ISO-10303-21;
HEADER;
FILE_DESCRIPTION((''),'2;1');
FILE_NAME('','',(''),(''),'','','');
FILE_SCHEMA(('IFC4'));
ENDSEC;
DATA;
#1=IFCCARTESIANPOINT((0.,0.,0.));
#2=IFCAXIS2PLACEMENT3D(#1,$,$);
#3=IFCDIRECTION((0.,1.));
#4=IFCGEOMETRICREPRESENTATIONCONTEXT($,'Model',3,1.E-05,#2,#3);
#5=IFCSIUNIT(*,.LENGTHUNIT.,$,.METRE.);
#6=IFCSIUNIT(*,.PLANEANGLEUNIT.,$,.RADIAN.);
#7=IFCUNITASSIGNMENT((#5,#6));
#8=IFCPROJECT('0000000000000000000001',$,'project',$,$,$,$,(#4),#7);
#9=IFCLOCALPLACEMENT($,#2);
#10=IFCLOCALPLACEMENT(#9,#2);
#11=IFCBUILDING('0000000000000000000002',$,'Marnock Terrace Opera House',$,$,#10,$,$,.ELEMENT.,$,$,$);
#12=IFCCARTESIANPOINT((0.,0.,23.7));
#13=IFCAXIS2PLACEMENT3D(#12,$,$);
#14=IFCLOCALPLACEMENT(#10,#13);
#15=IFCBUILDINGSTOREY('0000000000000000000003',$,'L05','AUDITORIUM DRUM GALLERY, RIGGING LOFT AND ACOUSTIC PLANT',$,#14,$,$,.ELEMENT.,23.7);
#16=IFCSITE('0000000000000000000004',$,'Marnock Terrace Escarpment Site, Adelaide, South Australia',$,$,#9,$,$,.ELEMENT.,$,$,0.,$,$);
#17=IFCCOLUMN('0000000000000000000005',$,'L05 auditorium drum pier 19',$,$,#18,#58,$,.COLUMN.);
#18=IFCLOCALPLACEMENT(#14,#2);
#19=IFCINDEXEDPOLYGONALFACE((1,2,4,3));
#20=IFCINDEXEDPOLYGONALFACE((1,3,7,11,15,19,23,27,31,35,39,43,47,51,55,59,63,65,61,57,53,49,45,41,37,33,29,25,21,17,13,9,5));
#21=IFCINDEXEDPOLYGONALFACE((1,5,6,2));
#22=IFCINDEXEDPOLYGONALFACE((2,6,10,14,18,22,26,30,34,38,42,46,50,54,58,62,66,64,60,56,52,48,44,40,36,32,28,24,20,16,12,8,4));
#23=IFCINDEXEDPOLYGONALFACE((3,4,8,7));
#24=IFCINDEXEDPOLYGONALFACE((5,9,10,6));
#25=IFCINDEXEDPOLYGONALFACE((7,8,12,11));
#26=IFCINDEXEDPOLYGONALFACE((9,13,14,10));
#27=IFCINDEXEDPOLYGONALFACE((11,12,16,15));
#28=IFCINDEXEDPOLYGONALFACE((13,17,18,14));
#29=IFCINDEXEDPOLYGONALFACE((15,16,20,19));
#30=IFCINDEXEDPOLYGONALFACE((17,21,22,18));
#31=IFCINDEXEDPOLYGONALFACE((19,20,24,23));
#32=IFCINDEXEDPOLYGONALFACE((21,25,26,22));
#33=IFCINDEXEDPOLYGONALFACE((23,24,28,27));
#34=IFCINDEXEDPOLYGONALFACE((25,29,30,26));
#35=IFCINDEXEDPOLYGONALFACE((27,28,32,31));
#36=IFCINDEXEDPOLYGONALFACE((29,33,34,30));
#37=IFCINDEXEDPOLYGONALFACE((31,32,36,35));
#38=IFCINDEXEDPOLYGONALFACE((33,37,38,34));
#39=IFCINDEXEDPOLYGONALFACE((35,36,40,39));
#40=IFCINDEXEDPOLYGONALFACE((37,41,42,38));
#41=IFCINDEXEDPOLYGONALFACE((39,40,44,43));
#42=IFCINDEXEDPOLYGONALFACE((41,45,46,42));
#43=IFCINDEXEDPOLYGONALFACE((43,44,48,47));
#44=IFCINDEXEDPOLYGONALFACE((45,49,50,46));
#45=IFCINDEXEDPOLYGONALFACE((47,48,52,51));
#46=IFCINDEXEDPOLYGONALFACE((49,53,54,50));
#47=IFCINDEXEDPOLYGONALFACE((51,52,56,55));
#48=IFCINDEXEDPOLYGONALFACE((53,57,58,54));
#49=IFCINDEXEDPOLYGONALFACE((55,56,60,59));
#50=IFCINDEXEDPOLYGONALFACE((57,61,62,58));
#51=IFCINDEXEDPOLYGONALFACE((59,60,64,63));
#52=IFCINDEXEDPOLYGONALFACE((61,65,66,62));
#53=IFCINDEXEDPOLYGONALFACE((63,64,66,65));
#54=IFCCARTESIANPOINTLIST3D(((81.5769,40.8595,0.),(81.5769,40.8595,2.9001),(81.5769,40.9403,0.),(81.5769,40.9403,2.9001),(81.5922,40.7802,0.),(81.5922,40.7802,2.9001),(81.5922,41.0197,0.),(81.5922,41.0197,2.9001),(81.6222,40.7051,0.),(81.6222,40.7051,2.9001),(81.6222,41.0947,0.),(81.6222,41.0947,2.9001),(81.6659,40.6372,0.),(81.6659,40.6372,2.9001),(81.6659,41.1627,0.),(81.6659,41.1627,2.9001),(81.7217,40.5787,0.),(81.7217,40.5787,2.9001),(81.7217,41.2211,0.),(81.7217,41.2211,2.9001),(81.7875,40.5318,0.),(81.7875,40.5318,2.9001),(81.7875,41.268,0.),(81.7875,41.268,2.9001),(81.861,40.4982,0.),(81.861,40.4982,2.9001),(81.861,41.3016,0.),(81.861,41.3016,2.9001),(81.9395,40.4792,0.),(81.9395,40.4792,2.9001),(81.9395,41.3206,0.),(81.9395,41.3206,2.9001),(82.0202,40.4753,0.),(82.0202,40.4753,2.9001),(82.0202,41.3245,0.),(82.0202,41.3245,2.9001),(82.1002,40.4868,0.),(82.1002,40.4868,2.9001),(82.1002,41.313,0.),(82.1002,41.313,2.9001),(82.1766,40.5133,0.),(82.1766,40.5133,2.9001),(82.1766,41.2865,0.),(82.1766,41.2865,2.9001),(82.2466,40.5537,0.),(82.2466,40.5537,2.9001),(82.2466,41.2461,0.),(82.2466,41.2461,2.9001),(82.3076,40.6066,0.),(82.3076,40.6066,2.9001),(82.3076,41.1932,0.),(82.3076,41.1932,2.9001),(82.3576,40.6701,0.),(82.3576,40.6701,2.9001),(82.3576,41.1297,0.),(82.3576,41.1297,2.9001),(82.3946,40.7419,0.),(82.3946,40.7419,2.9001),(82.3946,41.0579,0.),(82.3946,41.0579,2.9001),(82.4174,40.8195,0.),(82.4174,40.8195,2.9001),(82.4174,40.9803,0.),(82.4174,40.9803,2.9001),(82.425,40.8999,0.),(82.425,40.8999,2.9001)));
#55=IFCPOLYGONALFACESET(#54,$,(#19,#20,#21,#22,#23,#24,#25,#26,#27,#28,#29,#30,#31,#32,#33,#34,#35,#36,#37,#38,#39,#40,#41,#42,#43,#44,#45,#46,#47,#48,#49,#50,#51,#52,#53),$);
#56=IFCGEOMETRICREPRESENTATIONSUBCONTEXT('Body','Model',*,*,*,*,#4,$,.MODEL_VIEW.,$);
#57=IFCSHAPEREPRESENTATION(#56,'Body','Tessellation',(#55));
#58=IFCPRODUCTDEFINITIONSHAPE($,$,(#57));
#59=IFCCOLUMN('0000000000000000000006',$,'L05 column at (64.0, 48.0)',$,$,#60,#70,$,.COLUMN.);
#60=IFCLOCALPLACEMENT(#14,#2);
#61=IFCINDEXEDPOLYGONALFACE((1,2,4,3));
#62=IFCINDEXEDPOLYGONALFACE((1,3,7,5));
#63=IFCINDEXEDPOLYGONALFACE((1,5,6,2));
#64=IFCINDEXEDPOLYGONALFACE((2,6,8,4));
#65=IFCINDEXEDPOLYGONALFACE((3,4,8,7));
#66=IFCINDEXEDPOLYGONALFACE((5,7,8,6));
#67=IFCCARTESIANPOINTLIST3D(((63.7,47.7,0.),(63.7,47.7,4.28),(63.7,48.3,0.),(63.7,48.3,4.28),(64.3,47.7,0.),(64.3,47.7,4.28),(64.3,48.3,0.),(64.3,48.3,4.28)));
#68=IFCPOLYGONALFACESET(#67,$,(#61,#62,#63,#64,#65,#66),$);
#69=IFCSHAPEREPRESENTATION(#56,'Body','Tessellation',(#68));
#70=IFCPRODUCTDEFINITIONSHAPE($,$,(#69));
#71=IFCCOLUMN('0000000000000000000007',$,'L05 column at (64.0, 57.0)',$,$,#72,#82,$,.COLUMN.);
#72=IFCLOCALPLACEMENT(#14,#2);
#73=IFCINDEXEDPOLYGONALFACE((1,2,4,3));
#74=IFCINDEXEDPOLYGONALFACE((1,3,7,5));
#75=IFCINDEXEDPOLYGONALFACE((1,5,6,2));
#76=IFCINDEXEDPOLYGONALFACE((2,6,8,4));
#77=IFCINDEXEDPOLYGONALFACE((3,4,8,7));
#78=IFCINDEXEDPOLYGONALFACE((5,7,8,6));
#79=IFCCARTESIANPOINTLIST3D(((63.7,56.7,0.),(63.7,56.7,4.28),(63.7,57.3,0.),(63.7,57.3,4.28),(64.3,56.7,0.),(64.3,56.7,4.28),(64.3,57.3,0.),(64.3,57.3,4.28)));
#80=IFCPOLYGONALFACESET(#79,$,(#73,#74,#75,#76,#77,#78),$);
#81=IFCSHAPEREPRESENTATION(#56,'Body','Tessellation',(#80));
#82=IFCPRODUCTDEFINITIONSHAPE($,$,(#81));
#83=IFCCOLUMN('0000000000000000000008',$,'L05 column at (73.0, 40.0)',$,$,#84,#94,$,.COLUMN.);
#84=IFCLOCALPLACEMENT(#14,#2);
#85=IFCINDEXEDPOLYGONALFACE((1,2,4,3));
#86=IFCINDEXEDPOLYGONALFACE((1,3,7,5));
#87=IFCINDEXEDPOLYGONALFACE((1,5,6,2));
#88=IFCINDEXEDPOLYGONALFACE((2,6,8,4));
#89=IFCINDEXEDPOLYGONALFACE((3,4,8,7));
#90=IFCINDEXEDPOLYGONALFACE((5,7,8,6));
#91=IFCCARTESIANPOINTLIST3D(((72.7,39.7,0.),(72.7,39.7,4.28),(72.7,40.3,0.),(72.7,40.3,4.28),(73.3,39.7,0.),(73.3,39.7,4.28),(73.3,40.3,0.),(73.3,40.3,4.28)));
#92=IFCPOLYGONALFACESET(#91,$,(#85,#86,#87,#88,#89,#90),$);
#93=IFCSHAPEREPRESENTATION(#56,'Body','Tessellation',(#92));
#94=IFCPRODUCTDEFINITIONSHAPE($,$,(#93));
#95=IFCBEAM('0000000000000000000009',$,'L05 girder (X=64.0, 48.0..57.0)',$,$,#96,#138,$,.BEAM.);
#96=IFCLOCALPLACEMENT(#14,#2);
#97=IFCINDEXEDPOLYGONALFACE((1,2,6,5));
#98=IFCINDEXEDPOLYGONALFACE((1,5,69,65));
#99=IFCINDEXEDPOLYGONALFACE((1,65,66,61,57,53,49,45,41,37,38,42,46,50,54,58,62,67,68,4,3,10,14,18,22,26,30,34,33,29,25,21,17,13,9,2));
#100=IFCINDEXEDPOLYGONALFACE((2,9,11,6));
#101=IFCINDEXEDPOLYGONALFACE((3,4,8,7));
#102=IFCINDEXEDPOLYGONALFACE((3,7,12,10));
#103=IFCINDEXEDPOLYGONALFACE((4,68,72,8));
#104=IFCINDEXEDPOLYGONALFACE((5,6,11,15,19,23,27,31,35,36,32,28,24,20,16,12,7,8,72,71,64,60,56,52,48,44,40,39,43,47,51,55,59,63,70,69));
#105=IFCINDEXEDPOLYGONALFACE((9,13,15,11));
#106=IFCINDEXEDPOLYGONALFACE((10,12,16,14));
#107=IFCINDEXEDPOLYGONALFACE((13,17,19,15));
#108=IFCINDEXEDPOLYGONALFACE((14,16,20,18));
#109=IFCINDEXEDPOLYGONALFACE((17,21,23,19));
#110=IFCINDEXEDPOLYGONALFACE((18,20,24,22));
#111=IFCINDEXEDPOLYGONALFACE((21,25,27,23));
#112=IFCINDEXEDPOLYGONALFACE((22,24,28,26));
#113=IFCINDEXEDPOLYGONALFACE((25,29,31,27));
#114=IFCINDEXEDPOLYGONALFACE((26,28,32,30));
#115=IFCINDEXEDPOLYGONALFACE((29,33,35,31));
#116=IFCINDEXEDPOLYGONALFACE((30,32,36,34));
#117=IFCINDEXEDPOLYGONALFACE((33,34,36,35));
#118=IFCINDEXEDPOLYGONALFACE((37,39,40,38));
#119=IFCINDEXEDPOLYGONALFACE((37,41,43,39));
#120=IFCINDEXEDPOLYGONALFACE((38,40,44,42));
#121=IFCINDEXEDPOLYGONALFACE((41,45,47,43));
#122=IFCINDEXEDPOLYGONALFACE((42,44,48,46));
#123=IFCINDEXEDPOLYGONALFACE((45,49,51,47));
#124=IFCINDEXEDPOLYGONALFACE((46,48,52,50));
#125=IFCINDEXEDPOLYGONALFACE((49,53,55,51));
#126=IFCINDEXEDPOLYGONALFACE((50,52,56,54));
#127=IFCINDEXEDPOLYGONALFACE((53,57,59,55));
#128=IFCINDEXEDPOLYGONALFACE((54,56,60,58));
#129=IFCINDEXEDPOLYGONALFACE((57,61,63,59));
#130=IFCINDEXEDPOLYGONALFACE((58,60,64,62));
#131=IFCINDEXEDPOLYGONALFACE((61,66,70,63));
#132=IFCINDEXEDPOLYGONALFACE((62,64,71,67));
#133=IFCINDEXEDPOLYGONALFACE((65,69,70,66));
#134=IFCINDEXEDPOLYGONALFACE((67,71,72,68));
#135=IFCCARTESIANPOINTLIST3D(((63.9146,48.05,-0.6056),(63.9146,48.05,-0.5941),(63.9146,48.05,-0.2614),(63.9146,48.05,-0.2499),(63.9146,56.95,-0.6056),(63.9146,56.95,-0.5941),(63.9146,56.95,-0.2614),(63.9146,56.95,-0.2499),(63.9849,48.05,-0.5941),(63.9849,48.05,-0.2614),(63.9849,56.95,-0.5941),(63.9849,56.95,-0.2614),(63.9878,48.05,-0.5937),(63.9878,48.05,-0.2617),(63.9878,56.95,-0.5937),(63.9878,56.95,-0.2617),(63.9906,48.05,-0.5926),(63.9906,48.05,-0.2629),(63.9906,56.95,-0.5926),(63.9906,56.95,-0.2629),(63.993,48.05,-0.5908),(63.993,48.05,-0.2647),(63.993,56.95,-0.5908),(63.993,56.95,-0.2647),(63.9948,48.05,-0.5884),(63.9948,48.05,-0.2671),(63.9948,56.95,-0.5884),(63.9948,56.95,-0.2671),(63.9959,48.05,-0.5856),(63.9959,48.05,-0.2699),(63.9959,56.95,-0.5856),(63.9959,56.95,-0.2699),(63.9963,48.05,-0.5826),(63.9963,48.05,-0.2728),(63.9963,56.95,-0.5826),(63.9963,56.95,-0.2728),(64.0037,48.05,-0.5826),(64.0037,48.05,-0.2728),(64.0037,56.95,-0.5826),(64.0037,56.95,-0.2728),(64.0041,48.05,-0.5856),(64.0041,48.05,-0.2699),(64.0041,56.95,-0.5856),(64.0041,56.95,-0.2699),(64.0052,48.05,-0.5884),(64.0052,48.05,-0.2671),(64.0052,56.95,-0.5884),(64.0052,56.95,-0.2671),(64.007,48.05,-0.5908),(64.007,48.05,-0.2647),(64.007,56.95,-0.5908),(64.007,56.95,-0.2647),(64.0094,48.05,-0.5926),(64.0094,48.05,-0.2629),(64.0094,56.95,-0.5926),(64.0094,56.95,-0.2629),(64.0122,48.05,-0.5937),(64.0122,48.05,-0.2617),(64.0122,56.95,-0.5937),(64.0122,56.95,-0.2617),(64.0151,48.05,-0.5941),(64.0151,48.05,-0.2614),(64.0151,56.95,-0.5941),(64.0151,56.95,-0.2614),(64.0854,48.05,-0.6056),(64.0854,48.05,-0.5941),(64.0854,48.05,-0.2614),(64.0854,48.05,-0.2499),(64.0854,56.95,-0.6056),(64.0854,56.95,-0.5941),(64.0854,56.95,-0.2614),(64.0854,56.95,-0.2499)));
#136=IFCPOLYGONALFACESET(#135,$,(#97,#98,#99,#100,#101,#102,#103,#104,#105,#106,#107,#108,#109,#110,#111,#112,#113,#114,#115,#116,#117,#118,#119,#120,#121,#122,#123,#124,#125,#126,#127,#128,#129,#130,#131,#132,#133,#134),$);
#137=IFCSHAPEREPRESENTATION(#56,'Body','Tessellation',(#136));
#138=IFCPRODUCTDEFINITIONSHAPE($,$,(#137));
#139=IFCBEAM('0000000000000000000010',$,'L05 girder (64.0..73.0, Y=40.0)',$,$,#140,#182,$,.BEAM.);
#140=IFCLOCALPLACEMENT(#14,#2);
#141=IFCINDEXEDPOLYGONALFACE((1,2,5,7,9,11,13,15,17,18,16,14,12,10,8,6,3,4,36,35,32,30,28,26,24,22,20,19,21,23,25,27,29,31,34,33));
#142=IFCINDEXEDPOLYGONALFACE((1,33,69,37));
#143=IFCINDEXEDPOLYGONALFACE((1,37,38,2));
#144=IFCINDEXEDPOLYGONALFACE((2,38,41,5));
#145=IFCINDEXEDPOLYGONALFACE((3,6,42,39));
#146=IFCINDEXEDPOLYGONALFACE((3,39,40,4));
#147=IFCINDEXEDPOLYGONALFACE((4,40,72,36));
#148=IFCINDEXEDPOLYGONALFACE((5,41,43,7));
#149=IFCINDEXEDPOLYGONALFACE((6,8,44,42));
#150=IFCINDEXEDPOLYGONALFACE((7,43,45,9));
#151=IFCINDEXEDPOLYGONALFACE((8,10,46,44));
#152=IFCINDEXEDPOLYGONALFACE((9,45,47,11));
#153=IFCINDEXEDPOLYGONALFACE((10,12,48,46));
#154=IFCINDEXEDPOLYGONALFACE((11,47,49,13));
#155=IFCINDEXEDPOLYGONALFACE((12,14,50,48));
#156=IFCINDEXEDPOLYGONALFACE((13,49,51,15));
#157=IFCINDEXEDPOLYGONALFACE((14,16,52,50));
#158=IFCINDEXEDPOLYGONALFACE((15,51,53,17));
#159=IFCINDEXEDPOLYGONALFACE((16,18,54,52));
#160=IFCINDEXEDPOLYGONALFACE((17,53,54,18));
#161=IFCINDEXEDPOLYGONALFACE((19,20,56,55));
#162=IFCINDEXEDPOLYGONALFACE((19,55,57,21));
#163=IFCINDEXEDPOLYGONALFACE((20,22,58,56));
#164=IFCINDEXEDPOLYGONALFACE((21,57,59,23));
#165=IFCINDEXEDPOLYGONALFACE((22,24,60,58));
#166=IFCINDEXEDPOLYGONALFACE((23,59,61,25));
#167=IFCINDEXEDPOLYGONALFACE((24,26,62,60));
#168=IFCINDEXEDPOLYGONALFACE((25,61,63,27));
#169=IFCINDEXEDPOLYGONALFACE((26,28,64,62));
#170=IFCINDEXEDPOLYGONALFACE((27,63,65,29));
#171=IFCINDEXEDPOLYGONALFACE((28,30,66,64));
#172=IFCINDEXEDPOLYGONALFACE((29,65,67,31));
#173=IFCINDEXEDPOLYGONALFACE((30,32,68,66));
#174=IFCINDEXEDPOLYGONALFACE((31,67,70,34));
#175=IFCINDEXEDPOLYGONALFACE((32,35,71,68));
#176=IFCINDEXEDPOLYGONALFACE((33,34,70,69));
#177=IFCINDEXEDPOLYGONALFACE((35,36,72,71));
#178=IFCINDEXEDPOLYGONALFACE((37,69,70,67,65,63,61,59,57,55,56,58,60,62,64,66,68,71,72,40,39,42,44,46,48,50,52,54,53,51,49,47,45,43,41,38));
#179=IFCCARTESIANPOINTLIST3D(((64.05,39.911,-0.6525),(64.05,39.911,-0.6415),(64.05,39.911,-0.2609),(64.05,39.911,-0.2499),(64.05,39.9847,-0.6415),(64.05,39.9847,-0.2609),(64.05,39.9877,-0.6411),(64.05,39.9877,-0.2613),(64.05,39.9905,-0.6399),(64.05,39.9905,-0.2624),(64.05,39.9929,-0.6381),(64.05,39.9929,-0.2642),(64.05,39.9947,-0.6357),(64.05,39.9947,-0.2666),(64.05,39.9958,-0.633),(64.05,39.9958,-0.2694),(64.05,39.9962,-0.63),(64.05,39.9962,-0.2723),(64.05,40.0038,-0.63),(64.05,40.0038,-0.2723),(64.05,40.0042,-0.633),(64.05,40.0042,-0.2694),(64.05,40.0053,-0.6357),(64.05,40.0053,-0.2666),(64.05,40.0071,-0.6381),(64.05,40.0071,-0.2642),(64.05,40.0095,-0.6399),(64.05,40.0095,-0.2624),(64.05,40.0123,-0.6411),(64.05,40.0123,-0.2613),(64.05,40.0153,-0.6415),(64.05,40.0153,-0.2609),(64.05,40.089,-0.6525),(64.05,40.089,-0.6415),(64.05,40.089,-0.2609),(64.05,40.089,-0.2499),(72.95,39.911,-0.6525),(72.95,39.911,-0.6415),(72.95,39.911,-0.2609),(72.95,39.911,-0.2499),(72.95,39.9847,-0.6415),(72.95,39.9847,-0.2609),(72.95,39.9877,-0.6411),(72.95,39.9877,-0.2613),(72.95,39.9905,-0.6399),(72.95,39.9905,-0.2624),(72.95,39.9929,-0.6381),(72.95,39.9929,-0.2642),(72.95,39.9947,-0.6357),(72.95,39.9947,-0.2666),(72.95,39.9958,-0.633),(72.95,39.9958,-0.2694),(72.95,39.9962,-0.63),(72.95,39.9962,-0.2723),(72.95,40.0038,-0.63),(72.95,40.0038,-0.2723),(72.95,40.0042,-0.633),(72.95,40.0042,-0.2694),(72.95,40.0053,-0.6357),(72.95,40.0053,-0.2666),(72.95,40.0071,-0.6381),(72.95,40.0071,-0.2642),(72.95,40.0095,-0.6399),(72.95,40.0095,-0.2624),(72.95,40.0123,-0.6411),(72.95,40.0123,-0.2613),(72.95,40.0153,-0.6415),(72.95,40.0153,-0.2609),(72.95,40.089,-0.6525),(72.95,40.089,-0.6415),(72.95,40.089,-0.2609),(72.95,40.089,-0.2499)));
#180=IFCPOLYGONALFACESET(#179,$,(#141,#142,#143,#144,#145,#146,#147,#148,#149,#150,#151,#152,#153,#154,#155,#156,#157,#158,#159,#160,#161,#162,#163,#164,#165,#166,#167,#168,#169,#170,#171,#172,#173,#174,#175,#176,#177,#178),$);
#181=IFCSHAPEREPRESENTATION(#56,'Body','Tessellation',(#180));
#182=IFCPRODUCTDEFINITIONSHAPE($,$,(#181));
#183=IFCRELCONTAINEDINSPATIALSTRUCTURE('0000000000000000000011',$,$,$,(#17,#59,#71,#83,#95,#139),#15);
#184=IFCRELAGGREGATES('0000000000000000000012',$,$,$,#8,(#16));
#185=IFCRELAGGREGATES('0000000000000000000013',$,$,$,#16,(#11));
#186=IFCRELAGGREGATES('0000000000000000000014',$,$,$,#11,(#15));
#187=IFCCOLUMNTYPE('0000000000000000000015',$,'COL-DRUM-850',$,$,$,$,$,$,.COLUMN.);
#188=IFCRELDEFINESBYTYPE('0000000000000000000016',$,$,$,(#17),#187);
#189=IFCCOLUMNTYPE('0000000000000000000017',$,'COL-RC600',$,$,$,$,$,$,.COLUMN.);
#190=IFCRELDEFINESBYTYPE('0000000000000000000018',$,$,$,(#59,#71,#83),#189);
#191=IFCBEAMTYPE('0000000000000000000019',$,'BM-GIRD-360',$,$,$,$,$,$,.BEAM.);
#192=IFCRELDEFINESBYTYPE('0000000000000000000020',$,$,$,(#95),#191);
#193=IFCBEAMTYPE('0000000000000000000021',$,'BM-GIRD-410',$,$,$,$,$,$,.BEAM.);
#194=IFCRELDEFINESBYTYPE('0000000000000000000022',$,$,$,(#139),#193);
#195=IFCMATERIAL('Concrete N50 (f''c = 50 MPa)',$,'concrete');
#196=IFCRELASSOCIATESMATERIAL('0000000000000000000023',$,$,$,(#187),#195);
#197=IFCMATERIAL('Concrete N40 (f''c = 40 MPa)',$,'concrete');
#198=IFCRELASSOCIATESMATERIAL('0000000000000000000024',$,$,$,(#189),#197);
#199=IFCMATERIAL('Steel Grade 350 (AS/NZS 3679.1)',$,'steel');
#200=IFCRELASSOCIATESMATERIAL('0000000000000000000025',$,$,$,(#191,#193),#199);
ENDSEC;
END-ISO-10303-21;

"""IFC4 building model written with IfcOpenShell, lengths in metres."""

from ifc_helpers import new_model, si_unit, direction, frame, origin, origin_2d, place, context, subcontext, project, spatial, rectangle, circle, i_section, extrude, material, material_profile, profile_set, type_object, element, save


model = new_model("IFC4")

# Units and contexts
model_context = context("Model", 3, precision=1e-05, world=origin(), true_north=direction((0.0, 1.0)))
body_context = subcontext(model_context, "Body", "Model", "MODEL_VIEW")
ifc_project = project(units=[si_unit("LENGTHUNIT", "METRE"), si_unit("PLANEANGLEUNIT", "RADIAN")], contexts=[model_context])

# Site, building, storey
site_placement = place(None, origin())
site = spatial("IfcSite", under=ifc_project, at=site_placement, Name="Marnock Terrace Escarpment Site, Adelaide, South Australia", CompositionType="ELEMENT", RefElevation=0.0)
building_placement = place(site_placement, origin())
building = spatial("IfcBuilding", under=site, at=building_placement, Name="Marnock Terrace Opera House", CompositionType="ELEMENT")
storey_placement = place(building_placement, frame((0.0, 0.0, 23.7)))
storey = spatial("IfcBuildingStorey", under=building, at=storey_placement, Name="L05", Description="AUDITORIUM DRUM GALLERY, RIGGING LOFT AND ACOUSTIC PLANT", CompositionType="ELEMENT", Elevation=23.7)

# Columns
ifc_material_1 = material(Name="Concrete N50 (f'c = 50 MPa)", Category="concrete")
ifc_material_profile_1 = material_profile(ifc_material_1, circle(Radius=0.425, at=origin_2d()))
ifc_profile_set_1 = profile_set([ifc_material_profile_1], Name="Concrete N50 (f'c = 50 MPa)")
column_type_1 = type_object("IfcColumnType", Name="COL-DRUM-850", PredefinedType="COLUMN", material=ifc_profile_set_1)
for number, where, z_axis, x_axis, name in (
    (1, (82.0, 40.8999, 0.0), (0.0, 0.0, 1.0), (1.0, 0.0, 0.0), "L05 auditorium drum pier 19"),
):
    element("IfcColumn", number, at=place(storey_placement, frame(where, z_axis=z_axis, x_axis=x_axis)), inside=storey, type_object=column_type_1, Name=name, PredefinedType="COLUMN", context=body_context, shape_type="SweptSolid", body=[
        extrude(circle(Radius=0.425, at=origin_2d()), origin(), (0.0, 0.0, 1.0), 2.9001),
    ])
ifc_material_2 = material(Name="Concrete N40 (f'c = 40 MPa)", Category="concrete")
ifc_material_profile_2 = material_profile(ifc_material_2, rectangle(XDim=0.6001, YDim=0.6001, at=origin_2d()))
ifc_profile_set_2 = profile_set([ifc_material_profile_2], Name="Concrete N40 (f'c = 40 MPa)")
column_type_2 = type_object("IfcColumnType", Name="COL-RC600", PredefinedType="COLUMN", material=ifc_profile_set_2)
for number, where, z_axis, x_axis, name in (
    (2, (64.0, 48.0, 0.0), (0.0, 0.0, 1.0), (1.0, 0.0, 0.0), "L05 column at (64.0, 48.0)"),
    (3, (64.0, 57.0, 0.0), (0.0, 0.0, 1.0), (1.0, 0.0, 0.0), "L05 column at (64.0, 57.0)"),
    (4, (73.0, 40.0, 0.0), (0.0, 0.0, 1.0), (1.0, 0.0, 0.0), "L05 column at (73.0, 40.0)"),
):
    element("IfcColumn", number, at=place(storey_placement, frame(where, z_axis=z_axis, x_axis=x_axis)), inside=storey, type_object=column_type_2, Name=name, PredefinedType="COLUMN", context=body_context, shape_type="SweptSolid", body=[
        extrude(rectangle(XDim=0.6001, YDim=0.6001, at=origin_2d()), origin(), (0.0, 0.0, 1.0), 4.28),
    ])

# Beams
ifc_material_3 = material(Name="Steel Grade 350 (AS/NZS 3679.1)", Category="steel")
ifc_material_profile_3 = material_profile(ifc_material_3, i_section(OverallWidth=0.1709, OverallDepth=0.3557, WebThickness=0.0073, FlangeThickness=0.0115, FilletRadius=0.0115, at=origin_2d()))
ifc_profile_set_3 = profile_set([ifc_material_profile_3], Name="Steel Grade 350 (AS/NZS 3679.1)")
beam_type_1 = type_object("IfcBeamType", Name="BM-GIRD-360", PredefinedType="BEAM", material=ifc_profile_set_3)
beam_1_placement = place(storey_placement, frame((64.0, 48.05, -0.4277), z_axis=(0.0, 1.0, 0.0), x_axis=(-1.0, 0.0, 0.0)))
element("IfcBeam", 5, at=beam_1_placement, inside=storey, type_object=beam_type_1, Name="L05 girder (X=64.0, 48.0..57.0)", PredefinedType="BEAM", context=body_context, shape_type="SweptSolid", body=[
    extrude(i_section(OverallWidth=0.1709, OverallDepth=0.3557, WebThickness=0.0073, FlangeThickness=0.0115, FilletRadius=0.0115, at=origin_2d()), origin(), (0.0, 0.0, 1.0), 8.8999),
])
ifc_material_profile_4 = material_profile(ifc_material_3, i_section(OverallWidth=0.178, OverallDepth=0.4026, WebThickness=0.0076, FlangeThickness=0.011, FilletRadius=0.0115, at=origin_2d()))
ifc_profile_set_4 = profile_set([ifc_material_profile_4], Name="Steel Grade 350 (AS/NZS 3679.1)")
beam_type_2 = type_object("IfcBeamType", Name="BM-GIRD-410", PredefinedType="BEAM", material=ifc_profile_set_4)
beam_2_placement = place(storey_placement, frame((64.05, 40.0, -0.4512), z_axis=(1.0, 0.0, 0.0), x_axis=(0.0, 1.0, 0.0)))
element("IfcBeam", 6, at=beam_2_placement, inside=storey, type_object=beam_type_2, Name="L05 girder (64.0..73.0, Y=40.0)", PredefinedType="BEAM", context=body_context, shape_type="SweptSolid", body=[
    extrude(i_section(OverallWidth=0.178, OverallDepth=0.4026, WebThickness=0.0076, FlangeThickness=0.011, FilletRadius=0.0115, at=origin_2d()), origin(), (0.0, 0.0, 1.0), 8.8999),
])

save(model, "model.ifc")
